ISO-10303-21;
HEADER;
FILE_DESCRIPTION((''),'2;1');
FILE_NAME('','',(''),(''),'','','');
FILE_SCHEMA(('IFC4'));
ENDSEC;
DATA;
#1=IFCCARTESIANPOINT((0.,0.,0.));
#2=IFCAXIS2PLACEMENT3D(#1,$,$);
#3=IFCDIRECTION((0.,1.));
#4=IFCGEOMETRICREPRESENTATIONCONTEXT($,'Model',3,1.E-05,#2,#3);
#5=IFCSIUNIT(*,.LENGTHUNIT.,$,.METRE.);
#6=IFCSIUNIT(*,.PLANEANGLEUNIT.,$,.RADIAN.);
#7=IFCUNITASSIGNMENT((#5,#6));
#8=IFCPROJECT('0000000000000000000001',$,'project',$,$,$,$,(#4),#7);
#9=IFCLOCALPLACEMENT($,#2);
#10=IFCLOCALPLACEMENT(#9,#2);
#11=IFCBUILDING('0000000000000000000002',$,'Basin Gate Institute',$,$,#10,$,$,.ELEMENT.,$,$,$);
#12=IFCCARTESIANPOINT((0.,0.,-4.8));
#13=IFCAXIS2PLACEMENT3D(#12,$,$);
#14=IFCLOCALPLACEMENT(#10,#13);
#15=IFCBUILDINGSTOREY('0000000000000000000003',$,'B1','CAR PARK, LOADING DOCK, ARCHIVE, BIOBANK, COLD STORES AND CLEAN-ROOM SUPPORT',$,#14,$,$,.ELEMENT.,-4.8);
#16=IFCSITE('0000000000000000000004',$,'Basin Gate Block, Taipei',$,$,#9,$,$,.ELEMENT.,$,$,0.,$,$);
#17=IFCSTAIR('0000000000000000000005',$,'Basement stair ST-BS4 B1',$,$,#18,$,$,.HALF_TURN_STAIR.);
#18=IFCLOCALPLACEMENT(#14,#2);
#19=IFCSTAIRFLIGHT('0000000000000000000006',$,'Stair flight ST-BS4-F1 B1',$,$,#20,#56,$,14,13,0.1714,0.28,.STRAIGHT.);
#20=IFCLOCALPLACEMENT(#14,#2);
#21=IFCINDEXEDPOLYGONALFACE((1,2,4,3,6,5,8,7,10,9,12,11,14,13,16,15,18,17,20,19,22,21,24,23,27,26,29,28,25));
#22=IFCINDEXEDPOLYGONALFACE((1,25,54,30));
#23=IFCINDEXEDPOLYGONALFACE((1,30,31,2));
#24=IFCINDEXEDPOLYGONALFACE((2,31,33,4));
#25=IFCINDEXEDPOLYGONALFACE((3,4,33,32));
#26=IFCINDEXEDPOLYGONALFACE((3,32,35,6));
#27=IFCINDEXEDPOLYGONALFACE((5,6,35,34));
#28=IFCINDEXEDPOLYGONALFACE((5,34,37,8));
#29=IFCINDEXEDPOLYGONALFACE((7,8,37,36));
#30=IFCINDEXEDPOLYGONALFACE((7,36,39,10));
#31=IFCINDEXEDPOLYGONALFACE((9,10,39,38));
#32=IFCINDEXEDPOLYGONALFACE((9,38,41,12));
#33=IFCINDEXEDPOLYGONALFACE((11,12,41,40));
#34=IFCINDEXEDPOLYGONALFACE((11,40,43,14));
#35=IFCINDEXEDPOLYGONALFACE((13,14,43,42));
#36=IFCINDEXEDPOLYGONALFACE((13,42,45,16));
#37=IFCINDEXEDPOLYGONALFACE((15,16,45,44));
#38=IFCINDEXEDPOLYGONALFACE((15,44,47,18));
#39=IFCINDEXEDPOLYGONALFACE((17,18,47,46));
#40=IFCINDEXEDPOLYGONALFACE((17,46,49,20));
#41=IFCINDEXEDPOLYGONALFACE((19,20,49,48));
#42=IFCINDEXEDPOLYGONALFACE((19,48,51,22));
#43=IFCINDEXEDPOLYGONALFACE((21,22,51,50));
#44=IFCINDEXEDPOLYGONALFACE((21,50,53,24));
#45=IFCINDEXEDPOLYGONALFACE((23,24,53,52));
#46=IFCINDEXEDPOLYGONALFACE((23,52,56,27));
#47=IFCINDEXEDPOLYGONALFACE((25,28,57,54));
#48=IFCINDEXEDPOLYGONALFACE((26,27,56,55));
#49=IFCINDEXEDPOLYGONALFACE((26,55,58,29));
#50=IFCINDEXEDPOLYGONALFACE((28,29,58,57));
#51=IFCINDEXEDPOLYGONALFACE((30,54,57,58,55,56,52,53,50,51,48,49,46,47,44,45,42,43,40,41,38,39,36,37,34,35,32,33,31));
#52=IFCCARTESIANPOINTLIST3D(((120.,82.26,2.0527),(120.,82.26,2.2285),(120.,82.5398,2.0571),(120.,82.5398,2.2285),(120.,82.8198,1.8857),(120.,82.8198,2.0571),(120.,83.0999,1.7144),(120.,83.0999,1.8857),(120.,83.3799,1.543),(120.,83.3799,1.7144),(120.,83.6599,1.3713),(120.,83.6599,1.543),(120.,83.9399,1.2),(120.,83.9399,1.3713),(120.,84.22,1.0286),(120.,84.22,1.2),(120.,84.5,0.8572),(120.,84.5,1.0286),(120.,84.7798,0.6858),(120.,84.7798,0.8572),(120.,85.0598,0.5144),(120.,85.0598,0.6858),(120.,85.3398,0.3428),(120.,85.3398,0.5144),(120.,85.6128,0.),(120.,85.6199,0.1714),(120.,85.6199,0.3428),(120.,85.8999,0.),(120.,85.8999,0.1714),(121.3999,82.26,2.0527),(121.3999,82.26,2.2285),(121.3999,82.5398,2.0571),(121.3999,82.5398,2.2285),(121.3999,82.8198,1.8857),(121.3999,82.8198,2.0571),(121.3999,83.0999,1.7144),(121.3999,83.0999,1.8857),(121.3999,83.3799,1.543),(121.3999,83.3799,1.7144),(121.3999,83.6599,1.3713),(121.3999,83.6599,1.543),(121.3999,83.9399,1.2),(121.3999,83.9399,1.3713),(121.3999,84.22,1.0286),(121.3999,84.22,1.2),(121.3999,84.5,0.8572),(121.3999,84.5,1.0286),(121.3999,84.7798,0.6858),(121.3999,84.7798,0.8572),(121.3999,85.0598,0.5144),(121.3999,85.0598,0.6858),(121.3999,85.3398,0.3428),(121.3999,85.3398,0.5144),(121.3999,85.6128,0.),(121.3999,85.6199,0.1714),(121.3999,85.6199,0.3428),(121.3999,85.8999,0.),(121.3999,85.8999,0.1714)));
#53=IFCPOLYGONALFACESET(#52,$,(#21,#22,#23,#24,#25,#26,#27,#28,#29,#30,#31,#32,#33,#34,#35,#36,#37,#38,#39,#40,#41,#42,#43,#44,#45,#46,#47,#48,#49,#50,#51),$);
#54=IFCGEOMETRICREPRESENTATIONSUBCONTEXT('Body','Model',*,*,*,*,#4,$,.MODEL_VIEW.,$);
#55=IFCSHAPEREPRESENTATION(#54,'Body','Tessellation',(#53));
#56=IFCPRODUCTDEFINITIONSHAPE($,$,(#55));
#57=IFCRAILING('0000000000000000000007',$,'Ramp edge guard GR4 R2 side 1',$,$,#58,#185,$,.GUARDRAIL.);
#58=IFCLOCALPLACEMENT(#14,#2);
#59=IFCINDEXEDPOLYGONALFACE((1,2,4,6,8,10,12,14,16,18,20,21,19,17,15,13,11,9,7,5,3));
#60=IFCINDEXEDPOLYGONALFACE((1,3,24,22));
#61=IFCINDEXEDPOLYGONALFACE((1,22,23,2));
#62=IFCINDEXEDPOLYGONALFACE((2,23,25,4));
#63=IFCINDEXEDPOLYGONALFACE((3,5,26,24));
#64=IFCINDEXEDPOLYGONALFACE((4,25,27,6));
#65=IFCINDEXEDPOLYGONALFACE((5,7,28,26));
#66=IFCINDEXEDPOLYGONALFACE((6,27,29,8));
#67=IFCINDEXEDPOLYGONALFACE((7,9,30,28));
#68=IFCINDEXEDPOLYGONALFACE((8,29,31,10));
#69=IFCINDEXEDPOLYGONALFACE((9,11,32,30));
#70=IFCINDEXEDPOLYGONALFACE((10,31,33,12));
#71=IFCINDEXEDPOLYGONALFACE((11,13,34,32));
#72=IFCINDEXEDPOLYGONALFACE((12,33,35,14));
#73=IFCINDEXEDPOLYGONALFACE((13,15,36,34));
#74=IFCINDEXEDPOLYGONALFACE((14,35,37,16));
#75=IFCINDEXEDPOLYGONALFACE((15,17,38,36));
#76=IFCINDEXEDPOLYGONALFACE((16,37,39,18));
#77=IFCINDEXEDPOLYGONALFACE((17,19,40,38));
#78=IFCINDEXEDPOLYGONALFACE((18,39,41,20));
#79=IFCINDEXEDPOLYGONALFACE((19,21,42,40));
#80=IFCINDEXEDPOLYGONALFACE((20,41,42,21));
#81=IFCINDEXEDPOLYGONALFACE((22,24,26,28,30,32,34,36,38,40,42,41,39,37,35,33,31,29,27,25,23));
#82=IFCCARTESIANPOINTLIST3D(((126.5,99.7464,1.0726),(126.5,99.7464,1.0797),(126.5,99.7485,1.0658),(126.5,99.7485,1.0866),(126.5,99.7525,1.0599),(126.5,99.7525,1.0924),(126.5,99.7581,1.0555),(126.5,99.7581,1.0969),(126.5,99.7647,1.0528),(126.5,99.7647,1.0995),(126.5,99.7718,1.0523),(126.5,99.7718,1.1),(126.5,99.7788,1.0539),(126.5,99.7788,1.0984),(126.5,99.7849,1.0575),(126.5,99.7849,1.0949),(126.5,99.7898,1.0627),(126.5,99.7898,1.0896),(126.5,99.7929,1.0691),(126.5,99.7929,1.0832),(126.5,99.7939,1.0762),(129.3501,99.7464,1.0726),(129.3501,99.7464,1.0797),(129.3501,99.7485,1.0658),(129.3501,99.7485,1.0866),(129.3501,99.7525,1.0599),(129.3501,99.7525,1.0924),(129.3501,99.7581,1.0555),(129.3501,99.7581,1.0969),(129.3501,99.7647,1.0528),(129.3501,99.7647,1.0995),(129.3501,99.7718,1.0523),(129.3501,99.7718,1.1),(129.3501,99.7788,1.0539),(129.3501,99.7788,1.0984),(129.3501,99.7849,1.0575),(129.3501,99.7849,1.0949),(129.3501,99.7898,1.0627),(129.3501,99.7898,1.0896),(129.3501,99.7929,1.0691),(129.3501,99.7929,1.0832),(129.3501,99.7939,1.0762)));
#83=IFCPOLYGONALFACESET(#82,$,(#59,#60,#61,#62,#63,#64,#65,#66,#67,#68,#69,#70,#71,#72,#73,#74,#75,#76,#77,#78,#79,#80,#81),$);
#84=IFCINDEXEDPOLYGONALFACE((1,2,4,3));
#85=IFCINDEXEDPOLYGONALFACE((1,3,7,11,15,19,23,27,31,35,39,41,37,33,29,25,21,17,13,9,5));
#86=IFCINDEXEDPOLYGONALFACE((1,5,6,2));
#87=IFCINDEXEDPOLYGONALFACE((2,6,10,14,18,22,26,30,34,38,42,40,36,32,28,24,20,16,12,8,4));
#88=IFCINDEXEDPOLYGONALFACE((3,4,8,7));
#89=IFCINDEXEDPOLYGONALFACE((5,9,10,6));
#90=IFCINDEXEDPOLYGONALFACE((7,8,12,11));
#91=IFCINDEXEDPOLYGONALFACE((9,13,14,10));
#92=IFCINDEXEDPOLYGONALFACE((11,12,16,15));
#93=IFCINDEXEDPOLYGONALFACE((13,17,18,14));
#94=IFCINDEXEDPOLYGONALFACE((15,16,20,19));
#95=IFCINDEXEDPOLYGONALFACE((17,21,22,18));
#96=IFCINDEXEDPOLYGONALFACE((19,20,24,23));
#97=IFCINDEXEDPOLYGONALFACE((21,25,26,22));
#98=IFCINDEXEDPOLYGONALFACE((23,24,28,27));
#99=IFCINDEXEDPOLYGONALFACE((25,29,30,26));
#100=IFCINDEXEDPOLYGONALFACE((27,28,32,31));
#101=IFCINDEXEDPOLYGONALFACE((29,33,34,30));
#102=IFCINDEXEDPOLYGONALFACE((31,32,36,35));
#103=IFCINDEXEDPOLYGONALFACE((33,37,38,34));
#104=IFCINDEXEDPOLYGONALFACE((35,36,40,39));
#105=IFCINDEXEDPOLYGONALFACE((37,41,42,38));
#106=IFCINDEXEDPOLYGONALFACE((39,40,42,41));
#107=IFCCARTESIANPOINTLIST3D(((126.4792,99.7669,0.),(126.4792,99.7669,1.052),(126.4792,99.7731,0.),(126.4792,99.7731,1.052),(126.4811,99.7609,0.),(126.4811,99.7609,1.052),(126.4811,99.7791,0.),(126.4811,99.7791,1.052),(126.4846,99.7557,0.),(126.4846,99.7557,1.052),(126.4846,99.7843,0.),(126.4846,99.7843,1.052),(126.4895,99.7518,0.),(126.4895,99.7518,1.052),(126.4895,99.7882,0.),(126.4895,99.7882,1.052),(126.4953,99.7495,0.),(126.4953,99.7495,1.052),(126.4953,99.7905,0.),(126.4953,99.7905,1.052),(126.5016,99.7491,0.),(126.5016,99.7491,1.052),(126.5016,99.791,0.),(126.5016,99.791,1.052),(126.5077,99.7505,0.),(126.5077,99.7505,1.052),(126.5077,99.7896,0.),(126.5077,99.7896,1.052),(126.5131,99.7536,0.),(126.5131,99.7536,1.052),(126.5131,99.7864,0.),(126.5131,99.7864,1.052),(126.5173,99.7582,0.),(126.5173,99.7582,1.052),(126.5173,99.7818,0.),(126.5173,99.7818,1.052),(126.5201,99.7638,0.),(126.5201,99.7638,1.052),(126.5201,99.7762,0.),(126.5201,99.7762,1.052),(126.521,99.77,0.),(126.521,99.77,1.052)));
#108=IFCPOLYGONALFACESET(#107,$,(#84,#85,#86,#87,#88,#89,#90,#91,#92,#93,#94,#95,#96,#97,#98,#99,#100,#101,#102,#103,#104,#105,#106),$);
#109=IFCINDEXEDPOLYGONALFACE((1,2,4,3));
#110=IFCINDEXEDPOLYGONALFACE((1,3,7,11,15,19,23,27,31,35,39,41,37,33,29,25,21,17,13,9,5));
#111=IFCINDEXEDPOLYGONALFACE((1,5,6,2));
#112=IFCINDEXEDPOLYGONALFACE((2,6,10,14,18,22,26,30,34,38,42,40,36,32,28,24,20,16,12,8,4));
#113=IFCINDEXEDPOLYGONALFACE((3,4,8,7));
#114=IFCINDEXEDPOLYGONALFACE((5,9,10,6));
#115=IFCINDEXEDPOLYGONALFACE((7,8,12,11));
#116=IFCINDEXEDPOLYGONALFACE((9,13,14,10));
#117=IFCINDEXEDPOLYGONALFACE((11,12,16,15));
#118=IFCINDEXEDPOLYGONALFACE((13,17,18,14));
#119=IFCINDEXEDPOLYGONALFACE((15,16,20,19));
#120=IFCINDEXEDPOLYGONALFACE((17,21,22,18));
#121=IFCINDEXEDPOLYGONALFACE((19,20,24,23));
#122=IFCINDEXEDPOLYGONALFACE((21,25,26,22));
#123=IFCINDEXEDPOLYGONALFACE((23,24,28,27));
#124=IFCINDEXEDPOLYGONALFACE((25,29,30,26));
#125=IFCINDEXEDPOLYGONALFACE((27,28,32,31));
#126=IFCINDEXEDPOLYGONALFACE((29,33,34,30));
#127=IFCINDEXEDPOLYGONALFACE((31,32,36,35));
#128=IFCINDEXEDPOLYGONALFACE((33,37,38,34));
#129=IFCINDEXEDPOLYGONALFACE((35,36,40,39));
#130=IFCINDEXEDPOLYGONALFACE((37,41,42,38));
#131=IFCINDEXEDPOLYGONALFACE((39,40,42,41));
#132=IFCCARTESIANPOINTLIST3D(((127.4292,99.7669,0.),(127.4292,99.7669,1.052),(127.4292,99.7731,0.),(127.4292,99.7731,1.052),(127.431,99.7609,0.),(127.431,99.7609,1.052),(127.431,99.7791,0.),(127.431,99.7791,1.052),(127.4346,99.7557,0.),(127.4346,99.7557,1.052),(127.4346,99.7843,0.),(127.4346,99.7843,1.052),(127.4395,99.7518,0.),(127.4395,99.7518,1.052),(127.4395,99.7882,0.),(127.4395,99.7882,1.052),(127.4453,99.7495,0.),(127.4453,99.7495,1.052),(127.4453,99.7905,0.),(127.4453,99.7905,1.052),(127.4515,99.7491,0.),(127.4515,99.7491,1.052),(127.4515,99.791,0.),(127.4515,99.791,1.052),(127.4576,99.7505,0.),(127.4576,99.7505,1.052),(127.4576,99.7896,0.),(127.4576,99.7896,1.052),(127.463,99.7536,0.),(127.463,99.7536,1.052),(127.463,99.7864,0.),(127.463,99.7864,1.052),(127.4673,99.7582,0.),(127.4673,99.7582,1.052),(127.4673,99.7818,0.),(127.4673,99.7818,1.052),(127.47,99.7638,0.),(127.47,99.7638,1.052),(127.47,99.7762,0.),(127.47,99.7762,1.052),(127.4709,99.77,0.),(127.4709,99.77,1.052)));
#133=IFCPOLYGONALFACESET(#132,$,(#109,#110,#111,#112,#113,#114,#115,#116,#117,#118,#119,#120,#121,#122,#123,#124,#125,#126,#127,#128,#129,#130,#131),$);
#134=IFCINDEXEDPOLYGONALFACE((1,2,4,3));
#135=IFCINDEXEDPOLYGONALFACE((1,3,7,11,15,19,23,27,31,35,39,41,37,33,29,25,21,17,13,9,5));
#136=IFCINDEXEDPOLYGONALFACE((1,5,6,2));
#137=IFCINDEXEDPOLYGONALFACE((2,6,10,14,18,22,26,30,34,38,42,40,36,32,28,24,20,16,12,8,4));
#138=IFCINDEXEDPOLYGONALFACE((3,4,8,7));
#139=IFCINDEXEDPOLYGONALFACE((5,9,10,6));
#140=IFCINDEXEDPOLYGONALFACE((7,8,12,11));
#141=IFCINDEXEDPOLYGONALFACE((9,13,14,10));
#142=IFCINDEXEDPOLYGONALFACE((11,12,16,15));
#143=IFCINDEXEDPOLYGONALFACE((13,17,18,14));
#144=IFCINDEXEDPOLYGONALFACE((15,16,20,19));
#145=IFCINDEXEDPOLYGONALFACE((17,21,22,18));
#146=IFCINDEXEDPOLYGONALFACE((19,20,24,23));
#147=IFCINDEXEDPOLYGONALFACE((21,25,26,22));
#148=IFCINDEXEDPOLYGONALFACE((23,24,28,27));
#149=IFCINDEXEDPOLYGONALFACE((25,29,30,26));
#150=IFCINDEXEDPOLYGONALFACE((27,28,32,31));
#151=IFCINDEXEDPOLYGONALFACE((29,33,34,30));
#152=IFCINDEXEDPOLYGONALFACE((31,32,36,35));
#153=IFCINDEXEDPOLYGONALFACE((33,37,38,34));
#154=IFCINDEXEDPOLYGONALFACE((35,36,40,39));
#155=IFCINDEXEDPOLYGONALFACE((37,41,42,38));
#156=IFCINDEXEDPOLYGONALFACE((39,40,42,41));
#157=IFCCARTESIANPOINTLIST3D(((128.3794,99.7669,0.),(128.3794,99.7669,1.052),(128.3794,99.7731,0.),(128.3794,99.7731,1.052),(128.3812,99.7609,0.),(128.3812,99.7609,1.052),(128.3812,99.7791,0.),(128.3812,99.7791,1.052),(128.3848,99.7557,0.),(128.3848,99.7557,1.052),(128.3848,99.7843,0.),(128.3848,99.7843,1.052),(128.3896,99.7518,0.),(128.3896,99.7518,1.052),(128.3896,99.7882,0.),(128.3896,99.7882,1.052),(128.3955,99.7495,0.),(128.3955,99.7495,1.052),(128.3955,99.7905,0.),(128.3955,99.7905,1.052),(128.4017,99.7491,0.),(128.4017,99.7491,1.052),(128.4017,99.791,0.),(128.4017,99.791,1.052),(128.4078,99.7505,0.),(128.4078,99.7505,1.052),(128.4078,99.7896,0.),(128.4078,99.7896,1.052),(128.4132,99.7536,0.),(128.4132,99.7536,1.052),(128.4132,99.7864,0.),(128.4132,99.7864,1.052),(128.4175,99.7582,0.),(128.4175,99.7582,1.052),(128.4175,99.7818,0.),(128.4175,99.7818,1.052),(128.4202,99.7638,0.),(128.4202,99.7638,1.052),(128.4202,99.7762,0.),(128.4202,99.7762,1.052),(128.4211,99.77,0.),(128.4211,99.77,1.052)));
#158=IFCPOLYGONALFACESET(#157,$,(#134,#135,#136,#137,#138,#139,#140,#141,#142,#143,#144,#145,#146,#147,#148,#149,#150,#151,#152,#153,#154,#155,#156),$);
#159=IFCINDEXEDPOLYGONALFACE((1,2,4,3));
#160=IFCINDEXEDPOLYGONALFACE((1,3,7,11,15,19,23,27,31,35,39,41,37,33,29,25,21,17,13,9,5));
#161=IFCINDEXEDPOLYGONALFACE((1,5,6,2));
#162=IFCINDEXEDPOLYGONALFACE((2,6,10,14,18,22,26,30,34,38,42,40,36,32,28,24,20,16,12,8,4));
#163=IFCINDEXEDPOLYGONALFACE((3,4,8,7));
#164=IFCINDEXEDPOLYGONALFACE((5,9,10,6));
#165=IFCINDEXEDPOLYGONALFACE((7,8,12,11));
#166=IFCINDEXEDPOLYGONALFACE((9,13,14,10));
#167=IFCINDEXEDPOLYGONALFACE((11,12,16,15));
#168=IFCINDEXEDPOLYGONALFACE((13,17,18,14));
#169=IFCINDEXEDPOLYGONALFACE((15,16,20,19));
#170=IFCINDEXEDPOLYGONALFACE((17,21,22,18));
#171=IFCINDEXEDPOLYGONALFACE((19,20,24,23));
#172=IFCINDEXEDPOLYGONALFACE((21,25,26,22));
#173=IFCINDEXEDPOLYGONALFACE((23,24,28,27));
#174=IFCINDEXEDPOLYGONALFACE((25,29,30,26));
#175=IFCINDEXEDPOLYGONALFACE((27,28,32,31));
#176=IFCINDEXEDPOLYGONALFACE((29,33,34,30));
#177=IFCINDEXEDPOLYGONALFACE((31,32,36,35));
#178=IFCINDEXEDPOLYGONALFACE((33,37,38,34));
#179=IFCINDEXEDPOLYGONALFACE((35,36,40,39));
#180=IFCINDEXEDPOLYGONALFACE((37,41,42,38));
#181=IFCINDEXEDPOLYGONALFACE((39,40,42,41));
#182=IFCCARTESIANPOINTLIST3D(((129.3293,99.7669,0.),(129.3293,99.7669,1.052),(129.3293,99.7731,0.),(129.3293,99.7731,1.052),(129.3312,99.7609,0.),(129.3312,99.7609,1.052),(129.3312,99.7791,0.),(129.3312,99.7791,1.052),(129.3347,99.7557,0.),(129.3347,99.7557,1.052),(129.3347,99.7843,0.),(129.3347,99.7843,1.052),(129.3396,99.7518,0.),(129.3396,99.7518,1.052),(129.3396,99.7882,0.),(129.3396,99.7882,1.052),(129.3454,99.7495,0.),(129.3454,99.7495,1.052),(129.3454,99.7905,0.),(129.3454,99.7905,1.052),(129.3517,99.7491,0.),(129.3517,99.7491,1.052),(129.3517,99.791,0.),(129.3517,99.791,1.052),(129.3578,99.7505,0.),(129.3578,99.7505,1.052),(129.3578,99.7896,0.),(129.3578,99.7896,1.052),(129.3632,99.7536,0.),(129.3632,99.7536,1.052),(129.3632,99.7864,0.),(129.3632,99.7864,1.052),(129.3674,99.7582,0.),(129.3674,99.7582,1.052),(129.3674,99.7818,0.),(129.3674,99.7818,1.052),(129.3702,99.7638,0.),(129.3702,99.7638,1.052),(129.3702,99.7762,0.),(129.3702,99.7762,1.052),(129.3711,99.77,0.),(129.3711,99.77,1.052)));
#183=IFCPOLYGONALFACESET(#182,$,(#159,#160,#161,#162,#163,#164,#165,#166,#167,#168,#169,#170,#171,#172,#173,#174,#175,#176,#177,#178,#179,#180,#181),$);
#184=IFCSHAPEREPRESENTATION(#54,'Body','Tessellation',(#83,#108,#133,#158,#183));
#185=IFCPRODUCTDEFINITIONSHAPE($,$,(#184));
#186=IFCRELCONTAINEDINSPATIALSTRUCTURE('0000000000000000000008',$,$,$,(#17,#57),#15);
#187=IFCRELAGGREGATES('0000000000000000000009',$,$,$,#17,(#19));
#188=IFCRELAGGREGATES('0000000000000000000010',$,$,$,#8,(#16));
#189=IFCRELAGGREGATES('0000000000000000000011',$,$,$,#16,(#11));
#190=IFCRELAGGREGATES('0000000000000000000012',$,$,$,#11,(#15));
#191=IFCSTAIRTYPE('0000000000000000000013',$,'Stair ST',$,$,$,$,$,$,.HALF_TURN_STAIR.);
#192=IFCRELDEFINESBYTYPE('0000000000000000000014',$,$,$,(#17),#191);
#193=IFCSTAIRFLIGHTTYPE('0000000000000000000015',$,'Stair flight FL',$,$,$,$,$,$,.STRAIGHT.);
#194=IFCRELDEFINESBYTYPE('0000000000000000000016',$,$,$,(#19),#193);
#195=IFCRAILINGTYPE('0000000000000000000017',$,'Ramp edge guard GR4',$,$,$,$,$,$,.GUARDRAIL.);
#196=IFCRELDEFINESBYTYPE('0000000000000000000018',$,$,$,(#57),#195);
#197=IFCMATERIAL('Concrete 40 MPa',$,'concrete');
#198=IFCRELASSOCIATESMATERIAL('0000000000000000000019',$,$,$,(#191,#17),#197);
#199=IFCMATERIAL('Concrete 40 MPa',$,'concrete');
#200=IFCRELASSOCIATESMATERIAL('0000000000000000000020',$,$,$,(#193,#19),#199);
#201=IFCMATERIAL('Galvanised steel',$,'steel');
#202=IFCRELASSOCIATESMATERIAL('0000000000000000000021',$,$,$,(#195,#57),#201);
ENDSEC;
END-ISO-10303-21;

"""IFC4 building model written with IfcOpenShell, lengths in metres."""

from ifc_helpers import new_model, si_unit, direction, frame, origin, origin_2d, place, context, subcontext, project, spatial, polyline, circle, outline, extrude, material, type_object, element, aggregate, save


model = new_model("IFC4")

# Units and contexts
model_context = context("Model", 3, precision=1e-05, world=origin(), true_north=direction((0.0, 1.0)))
body_context = subcontext(model_context, "Body", "Model", "MODEL_VIEW")
ifc_project = project(units=[si_unit("LENGTHUNIT", "METRE"), si_unit("PLANEANGLEUNIT", "RADIAN")], contexts=[model_context])

# Site, building, storey
site_placement = place(None, origin())
site = spatial("IfcSite", under=ifc_project, at=site_placement, Name="Basin Gate Block, Taipei", CompositionType="ELEMENT", RefElevation=0.0)
building_placement = place(site_placement, origin())
building = spatial("IfcBuilding", under=site, at=building_placement, Name="Basin Gate Institute", CompositionType="ELEMENT")
storey_placement = place(building_placement, frame((0.0, 0.0, -4.8)))
storey = spatial("IfcBuildingStorey", under=building, at=storey_placement, Name="B1", Description="CAR PARK, LOADING DOCK, ARCHIVE, BIOBANK, COLD STORES AND CLEAN-ROOM SUPPORT", CompositionType="ELEMENT", Elevation=-4.8)

# Stair, stair flight
ifc_material_1 = material(Name="Concrete 40 MPa", Category="concrete")
stair_type = type_object("IfcStairType", Name="Stair ST", PredefinedType="HALF_TURN_STAIR", material=ifc_material_1)
stair_placement = place(storey_placement, origin())
stair = element("IfcStair", 1, at=stair_placement, inside=storey, type_object=stair_type, material=ifc_material_1, Name="Basement stair ST-BS4 B1", PredefinedType="HALF_TURN_STAIR")
ifc_material_2 = material(Name="Concrete 40 MPa", Category="concrete")
stair_flight_type = type_object("IfcStairFlightType", Name="Stair flight FL", PredefinedType="STRAIGHT", material=ifc_material_2)
stair_flight_placement = place(storey_placement, frame((120.7, 85.8999, 0.0), z_axis=(0.0, 0.0, 1.0), x_axis=(0.0, -1.0, 0.0)))
stair_flight = element("IfcStairFlight", 2, at=stair_flight_placement, type_object=stair_flight_type, material=ifc_material_2, Name="Stair flight ST-BS4-F1 B1", NumberOfRisers=14, NumberOfTreads=13, PredefinedType="STRAIGHT", RiserHeight=0.1714, TreadLength=0.28, context=body_context, shape_type="SweptSolid", body=[
    extrude(outline(polyline([(0.0, 0.0), (0.0, 0.1714), (0.28, 0.1714), (0.28, 0.3428), (0.5601, 0.3428), (0.5601, 0.5144), (0.8401, 0.5144), (0.8401, 0.6858), (1.1201, 0.6858), (1.1201, 0.8572), (1.3999, 0.8572), (1.3999, 1.0286), (1.6799, 1.0286), (1.6799, 1.2), (1.96, 1.2), (1.96, 1.3713), (2.24, 1.3713), (2.24, 1.543), (2.52, 1.543), (2.52, 1.7144), (2.8, 1.7144), (2.8, 1.8857), (3.0801, 1.8857), (3.0801, 2.0571), (3.3601, 2.0571), (3.3601, 2.2285), (3.6399, 2.2285), (3.6399, 2.3999), (3.6399, 2.0527), (0.2871, 0.0), (0.0, 0.0)])), frame((0.0, 0.7, 0.0), z_axis=(0.0, -1.0, 0.0), x_axis=(1.0, 0.0, 0.0)), (0.0, 0.0, 1.0), 1.3999),
])
aggregate(stair, [stair_flight])

# Railing
ifc_material_3 = material(Name="Galvanised steel", Category="steel")
railing_type_1 = type_object("IfcRailingType", Name="Ramp edge guard GR4", PredefinedType="GUARDRAIL", material=ifc_material_3)
railing_1_placement = place(storey_placement, frame((126.5, 99.77, 0.0)))
element("IfcRailing", 3, at=railing_1_placement, inside=storey, type_object=railing_type_1, material=ifc_material_3, Name="Ramp edge guard GR4 R2 side 1", PredefinedType="GUARDRAIL", context=body_context, shape_type="SweptSolid", body=[
    extrude(circle(Radius=0.0239, at=origin_2d()), frame((0.0, 0.0, 1.0762), z_axis=(1.0, 0.0, 0.0), x_axis=(0.0, 1.0, 0.0)), (0.0, 0.0, 1.0), 2.8501),
    extrude(circle(Radius=0.021, at=origin_2d()), origin(), (0.0, 0.0, 1.0), 1.052),
    extrude(circle(Radius=0.021, at=origin_2d()), frame((0.95, 0.0, 0.0)), (0.0, 0.0, 1.0), 1.052),
    extrude(circle(Radius=0.021, at=origin_2d()), frame((1.9001, 0.0, 0.0)), (0.0, 0.0, 1.0), 1.052),
    extrude(circle(Radius=0.021, at=origin_2d()), frame((2.8501, 0.0, 0.0)), (0.0, 0.0, 1.0), 1.052),
])

save(model, "model.ifc")
